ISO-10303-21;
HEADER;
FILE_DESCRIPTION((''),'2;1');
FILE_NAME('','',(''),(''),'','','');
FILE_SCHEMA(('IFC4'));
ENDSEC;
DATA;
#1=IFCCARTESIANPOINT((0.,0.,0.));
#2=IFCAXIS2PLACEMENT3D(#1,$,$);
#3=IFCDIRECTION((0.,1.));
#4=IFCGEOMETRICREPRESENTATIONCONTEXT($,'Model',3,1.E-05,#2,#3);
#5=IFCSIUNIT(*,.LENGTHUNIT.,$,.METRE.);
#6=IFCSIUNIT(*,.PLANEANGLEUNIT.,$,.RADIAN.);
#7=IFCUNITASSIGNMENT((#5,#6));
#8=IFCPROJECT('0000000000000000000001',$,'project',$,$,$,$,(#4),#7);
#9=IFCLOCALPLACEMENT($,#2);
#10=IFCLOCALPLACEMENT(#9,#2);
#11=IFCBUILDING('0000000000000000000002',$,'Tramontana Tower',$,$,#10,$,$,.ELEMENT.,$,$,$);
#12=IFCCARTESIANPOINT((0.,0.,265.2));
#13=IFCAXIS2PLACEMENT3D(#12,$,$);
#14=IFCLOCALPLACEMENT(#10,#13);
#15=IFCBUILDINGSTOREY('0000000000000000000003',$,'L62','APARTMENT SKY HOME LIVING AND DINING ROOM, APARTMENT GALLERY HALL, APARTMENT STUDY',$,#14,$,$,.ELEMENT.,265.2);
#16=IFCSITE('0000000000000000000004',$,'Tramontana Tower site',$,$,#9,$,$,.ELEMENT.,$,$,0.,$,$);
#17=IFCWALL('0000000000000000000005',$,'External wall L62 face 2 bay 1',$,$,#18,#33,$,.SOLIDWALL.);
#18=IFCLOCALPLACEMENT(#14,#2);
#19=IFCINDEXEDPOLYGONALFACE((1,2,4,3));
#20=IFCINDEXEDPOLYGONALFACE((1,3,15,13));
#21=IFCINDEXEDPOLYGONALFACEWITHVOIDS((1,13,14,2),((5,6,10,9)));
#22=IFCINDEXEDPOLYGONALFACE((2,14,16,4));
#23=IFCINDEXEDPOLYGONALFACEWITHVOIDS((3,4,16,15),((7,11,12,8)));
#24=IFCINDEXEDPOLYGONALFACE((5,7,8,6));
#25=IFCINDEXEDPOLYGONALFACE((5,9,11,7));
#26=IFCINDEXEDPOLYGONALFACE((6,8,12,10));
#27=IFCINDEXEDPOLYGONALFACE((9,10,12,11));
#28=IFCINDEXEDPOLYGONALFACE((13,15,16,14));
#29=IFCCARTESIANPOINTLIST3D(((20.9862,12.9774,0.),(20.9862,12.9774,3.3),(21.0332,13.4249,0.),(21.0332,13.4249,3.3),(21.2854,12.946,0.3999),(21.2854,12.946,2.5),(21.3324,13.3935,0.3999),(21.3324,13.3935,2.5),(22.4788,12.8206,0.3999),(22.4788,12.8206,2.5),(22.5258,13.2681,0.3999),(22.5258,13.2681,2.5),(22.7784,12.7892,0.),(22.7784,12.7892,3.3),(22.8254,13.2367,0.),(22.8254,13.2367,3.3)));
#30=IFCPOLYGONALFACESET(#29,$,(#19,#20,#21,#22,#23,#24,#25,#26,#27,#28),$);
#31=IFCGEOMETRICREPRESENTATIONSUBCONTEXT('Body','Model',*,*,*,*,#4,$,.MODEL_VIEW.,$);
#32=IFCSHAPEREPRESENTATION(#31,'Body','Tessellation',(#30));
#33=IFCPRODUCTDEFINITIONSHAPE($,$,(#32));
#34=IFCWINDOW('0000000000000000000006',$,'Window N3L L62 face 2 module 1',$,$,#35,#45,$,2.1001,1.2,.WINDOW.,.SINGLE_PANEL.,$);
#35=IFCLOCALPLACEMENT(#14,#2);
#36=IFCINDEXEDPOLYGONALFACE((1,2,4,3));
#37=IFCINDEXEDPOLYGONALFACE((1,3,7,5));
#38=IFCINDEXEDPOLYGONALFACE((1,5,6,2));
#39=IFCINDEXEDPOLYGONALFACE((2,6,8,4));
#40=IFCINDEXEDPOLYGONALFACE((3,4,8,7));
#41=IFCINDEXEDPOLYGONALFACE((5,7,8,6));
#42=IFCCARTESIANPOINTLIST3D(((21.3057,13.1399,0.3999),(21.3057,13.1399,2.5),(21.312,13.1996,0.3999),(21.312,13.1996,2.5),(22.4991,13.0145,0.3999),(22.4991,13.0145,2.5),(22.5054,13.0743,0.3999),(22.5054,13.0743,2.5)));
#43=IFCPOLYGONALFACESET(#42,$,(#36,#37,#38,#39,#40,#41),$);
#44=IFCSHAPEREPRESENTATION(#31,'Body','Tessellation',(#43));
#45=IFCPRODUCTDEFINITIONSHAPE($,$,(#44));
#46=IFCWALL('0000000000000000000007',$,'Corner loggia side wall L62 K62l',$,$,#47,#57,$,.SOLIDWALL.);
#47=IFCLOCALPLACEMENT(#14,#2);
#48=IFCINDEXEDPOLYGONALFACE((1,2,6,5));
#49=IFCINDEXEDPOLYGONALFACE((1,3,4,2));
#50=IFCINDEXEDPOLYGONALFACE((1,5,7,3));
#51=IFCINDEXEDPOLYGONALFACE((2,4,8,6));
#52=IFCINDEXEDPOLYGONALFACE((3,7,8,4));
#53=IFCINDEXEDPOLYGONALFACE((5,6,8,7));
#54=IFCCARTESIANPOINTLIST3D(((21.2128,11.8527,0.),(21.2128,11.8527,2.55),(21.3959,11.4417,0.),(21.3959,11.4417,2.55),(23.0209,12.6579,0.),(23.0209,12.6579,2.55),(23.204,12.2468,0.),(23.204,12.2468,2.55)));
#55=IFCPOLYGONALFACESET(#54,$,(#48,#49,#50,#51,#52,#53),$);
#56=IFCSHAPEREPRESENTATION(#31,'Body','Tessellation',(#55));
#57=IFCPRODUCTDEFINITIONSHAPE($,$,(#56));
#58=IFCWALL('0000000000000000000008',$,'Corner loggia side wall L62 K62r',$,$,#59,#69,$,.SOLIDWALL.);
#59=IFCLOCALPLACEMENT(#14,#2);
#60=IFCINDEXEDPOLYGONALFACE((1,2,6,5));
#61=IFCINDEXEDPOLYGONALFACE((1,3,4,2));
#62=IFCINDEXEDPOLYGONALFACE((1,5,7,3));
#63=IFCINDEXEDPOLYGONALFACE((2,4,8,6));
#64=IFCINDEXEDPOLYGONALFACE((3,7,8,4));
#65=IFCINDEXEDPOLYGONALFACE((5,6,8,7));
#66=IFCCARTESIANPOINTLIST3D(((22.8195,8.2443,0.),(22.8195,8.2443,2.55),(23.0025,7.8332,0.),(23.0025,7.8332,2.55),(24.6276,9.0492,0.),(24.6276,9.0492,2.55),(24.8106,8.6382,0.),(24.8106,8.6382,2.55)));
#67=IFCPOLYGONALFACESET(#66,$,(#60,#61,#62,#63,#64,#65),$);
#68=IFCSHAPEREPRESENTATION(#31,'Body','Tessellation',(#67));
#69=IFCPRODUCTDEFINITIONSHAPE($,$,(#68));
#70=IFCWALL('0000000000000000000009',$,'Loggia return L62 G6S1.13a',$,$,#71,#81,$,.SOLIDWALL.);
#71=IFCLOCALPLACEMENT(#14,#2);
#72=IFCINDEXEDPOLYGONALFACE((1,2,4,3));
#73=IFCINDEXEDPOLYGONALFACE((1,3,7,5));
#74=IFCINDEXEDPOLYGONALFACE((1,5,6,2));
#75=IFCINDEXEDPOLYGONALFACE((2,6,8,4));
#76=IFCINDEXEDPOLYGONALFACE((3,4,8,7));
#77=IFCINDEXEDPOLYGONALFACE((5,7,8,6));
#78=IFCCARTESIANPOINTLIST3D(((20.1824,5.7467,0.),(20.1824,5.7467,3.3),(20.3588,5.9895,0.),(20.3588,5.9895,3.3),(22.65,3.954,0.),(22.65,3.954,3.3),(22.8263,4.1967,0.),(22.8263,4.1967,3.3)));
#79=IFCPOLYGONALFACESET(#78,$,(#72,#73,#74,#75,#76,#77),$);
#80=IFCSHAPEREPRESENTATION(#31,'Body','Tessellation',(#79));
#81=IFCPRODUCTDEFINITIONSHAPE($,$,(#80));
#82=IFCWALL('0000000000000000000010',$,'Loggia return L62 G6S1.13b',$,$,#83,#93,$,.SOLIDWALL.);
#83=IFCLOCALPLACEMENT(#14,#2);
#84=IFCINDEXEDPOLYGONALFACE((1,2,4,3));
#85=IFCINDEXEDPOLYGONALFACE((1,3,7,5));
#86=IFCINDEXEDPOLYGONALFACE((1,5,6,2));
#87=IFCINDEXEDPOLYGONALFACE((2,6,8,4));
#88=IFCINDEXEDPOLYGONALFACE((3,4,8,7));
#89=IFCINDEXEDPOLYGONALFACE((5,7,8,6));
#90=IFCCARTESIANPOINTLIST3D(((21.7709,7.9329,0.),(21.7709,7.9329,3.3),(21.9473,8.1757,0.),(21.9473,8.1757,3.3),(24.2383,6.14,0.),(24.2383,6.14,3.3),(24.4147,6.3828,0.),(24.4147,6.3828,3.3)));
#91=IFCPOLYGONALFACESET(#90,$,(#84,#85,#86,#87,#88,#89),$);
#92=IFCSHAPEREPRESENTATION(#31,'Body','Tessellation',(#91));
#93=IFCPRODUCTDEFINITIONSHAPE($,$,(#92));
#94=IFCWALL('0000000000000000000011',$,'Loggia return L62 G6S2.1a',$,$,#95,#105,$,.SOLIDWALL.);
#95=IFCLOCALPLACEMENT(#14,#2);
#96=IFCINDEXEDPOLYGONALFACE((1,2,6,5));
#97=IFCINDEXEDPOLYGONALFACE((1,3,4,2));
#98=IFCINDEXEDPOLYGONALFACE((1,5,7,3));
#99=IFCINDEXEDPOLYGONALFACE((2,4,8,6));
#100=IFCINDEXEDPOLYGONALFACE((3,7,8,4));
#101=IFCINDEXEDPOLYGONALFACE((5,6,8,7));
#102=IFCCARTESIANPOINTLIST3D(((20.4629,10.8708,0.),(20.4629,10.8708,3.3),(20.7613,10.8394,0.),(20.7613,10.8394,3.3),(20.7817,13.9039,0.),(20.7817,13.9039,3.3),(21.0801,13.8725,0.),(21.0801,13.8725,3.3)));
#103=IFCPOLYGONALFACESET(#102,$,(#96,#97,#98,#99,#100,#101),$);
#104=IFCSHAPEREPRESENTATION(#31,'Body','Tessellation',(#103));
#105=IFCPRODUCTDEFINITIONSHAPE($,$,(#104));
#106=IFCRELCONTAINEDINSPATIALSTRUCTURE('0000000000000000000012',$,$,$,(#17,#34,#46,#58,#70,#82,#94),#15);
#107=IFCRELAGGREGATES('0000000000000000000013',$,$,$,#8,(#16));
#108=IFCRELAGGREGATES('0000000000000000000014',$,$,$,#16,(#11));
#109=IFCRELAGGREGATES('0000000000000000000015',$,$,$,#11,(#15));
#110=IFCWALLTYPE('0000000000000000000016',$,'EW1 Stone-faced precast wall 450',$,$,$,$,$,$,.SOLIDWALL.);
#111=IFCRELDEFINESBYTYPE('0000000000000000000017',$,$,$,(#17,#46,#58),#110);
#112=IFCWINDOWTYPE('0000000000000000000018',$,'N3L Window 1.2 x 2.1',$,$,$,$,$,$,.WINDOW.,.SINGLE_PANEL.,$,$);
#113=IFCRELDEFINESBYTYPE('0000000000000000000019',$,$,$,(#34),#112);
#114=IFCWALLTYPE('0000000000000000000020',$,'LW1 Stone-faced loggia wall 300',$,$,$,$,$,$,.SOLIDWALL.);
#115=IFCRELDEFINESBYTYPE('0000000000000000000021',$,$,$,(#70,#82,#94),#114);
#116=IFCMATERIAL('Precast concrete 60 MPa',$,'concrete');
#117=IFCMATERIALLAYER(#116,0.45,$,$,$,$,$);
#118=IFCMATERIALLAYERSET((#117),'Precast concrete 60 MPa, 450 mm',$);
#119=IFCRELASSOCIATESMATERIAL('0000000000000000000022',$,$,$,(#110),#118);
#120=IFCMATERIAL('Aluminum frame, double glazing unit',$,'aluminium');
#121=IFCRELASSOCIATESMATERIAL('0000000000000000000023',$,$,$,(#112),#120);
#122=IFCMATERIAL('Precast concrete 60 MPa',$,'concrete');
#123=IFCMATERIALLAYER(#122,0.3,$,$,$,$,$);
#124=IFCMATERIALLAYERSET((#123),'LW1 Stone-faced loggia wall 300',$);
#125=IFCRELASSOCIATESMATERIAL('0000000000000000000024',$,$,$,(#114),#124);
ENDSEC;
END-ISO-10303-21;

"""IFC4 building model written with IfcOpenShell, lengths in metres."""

from ifc_helpers import new_model, si_unit, direction, frame, frame_2d, origin, place, context, subcontext, project, spatial, rectangle, extrude, material, layer, layer_set, type_object, element, fill, save


model = new_model("IFC4")

# Units and contexts
model_context = context("Model", 3, precision=1e-05, world=origin(), true_north=direction((0.0, 1.0)))
body_context = subcontext(model_context, "Body", "Model", "MODEL_VIEW")
ifc_project = project(units=[si_unit("LENGTHUNIT", "METRE"), si_unit("PLANEANGLEUNIT", "RADIAN")], contexts=[model_context])

# Site, building, storey
site_placement = place(None, origin())
site = spatial("IfcSite", under=ifc_project, at=site_placement, Name="Tramontana Tower site", CompositionType="ELEMENT", RefElevation=0.0)
building_placement = place(site_placement, origin())
building = spatial("IfcBuilding", under=site, at=building_placement, Name="Tramontana Tower", CompositionType="ELEMENT")
storey_placement = place(building_placement, frame((0.0, 0.0, 265.2)))
storey = spatial("IfcBuildingStorey", under=building, at=storey_placement, Name="L62", Description="APARTMENT SKY HOME LIVING AND DINING ROOM, APARTMENT GALLERY HALL, APARTMENT STUDY", CompositionType="ELEMENT", Elevation=265.2)

# Wall, opening, window
ifc_material_1 = material(Name="Precast concrete 60 MPa", Category="concrete")
ifc_layer_1 = layer(ifc_material_1, 0.45)
ifc_layer_set_1 = layer_set([ifc_layer_1], Name="Precast concrete 60 MPa, 450 mm")
wall_type_1 = type_object("IfcWallType", Name="EW1 Stone-faced precast wall 450", PredefinedType="SOLIDWALL", material=ifc_layer_set_1)
ifc_material_2 = material(Name="Aluminum frame, double glazing unit", Category="aluminium")
window_type_1 = type_object("IfcWindowType", Name="N3L Window 1.2 x 2.1", PartitioningType="SINGLE_PANEL", PredefinedType="WINDOW", material=ifc_material_2)
wall_1_placement = place(storey_placement, frame((22.8018, 13.0129, 0.0), z_axis=(0.0, 0.0, 1.0), x_axis=(-0.99453, 0.104452, 0.0)))
wall_1 = element("IfcWall", 1, at=wall_1_placement, inside=storey, type_object=wall_type_1, Name="External wall L62 face 2 bay 1", PredefinedType="SOLIDWALL", context=body_context, shape_type="SweptSolid", body=[
    extrude(rectangle(XDim=1.802, YDim=0.45, at=frame_2d((0.9009, 0.0))), origin(), (0.0, 0.0, 1.0), 3.3),
])
opening_1_placement = place(wall_1_placement, frame((0.301, 0.0, 0.3999)))
opening_1 = element("IfcOpeningElement", 2, at=opening_1_placement, cuts=wall_1, PredefinedType="OPENING", context=body_context, shape_type="SweptSolid", body=[
    extrude(rectangle(XDim=1.2, YDim=2.1001, at=frame_2d((0.6001, 1.05))), frame((0.0, 0.2349, 0.0), z_axis=(0.0, -1.0, 0.0), x_axis=(1.0, 0.0, 0.0)), (0.0, 0.0, 1.0), 0.47),
])
window_1_placement = place(opening_1_placement, origin())
window_1 = element("IfcWindow", 3, at=window_1_placement, inside=storey, type_object=window_type_1, Name="Window N3L L62 face 2 module 1", OverallHeight=2.1001, OverallWidth=1.2, PartitioningType="SINGLE_PANEL", PredefinedType="WINDOW", context=body_context, shape_type="SweptSolid", body=[
    extrude(rectangle(XDim=1.2, YDim=2.1001, at=frame_2d((0.6001, 1.05))), frame((0.0, 0.03, 0.0), z_axis=(0.0, -1.0, 0.0), x_axis=(1.0, 0.0, 0.0)), (0.0, 0.0, 1.0), 0.0601),
])
fill(opening_1, window_1)

# Walls
for number, where, z_axis, x_axis, name in (
    (4, (23.1125, 12.4524, 0.0), (0.0, 0.0, 1.0), (-0.913516, -0.406802, 0.0), "Corner loggia side wall L62 K62l"),
    (5, (24.7192, 8.8438, 0.0), (0.0, 0.0, 1.0), (-0.913562, -0.406699, 0.0), "Corner loggia side wall L62 K62r"),
):
    element("IfcWall", number, at=place(storey_placement, frame(where, z_axis=z_axis, x_axis=x_axis)), inside=storey, type_object=wall_type_1, Name=name, PredefinedType="SOLIDWALL", context=body_context, shape_type="SweptSolid", body=[
        extrude(rectangle(XDim=1.9792, YDim=0.45, at=frame_2d((0.9897, 0.0))), origin(), (0.0, 0.0, 1.0), 2.55),
    ])

# Walls
ifc_material_3 = material(Name="Precast concrete 60 MPa", Category="concrete")
ifc_layer_2 = layer(ifc_material_3, 0.3)
ifc_layer_set_2 = layer_set([ifc_layer_2], Name="LW1 Stone-faced loggia wall 300")
wall_type_2 = type_object("IfcWallType", Name="LW1 Stone-faced loggia wall 300", PredefinedType="SOLIDWALL", material=ifc_layer_set_2)
for number, where, z_axis, x_axis, name in (
    (6, (22.738, 4.0754, 0.0), (0.0, 0.0, 1.0), (-0.809023, 0.587777, 0.0), "Loggia return L62 G6S1.13a"),
    (7, (24.3264, 6.2615, 0.0), (0.0, 0.0, 1.0), (-0.808985, 0.587829, 0.0), "Loggia return L62 G6S1.13b"),
):
    element("IfcWall", number, at=place(storey_placement, frame(where, z_axis=z_axis, x_axis=x_axis)), inside=storey, type_object=wall_type_2, Name=name, PredefinedType="SOLIDWALL", context=body_context, shape_type="SweptSolid", body=[
        extrude(rectangle(XDim=3.05, YDim=0.3, at=frame_2d((1.5249, 0.0))), origin(), (0.0, 0.0, 1.0), 3.3),
    ])
wall_2_placement = place(storey_placement, frame((20.9309, 13.8882, 0.0), z_axis=(0.0, 0.0, 1.0), x_axis=(-0.104543, -0.99452, 0.0)))
element("IfcWall", 8, at=wall_2_placement, inside=storey, type_object=wall_type_2, Name="Loggia return L62 G6S2.1a", PredefinedType="SOLIDWALL", context=body_context, shape_type="SweptSolid", body=[
    extrude(rectangle(XDim=3.0498, YDim=0.3, at=frame_2d((1.5249, 0.0))), origin(), (0.0, 0.0, 1.0), 3.3),
])

save(model, "model.ifc")
